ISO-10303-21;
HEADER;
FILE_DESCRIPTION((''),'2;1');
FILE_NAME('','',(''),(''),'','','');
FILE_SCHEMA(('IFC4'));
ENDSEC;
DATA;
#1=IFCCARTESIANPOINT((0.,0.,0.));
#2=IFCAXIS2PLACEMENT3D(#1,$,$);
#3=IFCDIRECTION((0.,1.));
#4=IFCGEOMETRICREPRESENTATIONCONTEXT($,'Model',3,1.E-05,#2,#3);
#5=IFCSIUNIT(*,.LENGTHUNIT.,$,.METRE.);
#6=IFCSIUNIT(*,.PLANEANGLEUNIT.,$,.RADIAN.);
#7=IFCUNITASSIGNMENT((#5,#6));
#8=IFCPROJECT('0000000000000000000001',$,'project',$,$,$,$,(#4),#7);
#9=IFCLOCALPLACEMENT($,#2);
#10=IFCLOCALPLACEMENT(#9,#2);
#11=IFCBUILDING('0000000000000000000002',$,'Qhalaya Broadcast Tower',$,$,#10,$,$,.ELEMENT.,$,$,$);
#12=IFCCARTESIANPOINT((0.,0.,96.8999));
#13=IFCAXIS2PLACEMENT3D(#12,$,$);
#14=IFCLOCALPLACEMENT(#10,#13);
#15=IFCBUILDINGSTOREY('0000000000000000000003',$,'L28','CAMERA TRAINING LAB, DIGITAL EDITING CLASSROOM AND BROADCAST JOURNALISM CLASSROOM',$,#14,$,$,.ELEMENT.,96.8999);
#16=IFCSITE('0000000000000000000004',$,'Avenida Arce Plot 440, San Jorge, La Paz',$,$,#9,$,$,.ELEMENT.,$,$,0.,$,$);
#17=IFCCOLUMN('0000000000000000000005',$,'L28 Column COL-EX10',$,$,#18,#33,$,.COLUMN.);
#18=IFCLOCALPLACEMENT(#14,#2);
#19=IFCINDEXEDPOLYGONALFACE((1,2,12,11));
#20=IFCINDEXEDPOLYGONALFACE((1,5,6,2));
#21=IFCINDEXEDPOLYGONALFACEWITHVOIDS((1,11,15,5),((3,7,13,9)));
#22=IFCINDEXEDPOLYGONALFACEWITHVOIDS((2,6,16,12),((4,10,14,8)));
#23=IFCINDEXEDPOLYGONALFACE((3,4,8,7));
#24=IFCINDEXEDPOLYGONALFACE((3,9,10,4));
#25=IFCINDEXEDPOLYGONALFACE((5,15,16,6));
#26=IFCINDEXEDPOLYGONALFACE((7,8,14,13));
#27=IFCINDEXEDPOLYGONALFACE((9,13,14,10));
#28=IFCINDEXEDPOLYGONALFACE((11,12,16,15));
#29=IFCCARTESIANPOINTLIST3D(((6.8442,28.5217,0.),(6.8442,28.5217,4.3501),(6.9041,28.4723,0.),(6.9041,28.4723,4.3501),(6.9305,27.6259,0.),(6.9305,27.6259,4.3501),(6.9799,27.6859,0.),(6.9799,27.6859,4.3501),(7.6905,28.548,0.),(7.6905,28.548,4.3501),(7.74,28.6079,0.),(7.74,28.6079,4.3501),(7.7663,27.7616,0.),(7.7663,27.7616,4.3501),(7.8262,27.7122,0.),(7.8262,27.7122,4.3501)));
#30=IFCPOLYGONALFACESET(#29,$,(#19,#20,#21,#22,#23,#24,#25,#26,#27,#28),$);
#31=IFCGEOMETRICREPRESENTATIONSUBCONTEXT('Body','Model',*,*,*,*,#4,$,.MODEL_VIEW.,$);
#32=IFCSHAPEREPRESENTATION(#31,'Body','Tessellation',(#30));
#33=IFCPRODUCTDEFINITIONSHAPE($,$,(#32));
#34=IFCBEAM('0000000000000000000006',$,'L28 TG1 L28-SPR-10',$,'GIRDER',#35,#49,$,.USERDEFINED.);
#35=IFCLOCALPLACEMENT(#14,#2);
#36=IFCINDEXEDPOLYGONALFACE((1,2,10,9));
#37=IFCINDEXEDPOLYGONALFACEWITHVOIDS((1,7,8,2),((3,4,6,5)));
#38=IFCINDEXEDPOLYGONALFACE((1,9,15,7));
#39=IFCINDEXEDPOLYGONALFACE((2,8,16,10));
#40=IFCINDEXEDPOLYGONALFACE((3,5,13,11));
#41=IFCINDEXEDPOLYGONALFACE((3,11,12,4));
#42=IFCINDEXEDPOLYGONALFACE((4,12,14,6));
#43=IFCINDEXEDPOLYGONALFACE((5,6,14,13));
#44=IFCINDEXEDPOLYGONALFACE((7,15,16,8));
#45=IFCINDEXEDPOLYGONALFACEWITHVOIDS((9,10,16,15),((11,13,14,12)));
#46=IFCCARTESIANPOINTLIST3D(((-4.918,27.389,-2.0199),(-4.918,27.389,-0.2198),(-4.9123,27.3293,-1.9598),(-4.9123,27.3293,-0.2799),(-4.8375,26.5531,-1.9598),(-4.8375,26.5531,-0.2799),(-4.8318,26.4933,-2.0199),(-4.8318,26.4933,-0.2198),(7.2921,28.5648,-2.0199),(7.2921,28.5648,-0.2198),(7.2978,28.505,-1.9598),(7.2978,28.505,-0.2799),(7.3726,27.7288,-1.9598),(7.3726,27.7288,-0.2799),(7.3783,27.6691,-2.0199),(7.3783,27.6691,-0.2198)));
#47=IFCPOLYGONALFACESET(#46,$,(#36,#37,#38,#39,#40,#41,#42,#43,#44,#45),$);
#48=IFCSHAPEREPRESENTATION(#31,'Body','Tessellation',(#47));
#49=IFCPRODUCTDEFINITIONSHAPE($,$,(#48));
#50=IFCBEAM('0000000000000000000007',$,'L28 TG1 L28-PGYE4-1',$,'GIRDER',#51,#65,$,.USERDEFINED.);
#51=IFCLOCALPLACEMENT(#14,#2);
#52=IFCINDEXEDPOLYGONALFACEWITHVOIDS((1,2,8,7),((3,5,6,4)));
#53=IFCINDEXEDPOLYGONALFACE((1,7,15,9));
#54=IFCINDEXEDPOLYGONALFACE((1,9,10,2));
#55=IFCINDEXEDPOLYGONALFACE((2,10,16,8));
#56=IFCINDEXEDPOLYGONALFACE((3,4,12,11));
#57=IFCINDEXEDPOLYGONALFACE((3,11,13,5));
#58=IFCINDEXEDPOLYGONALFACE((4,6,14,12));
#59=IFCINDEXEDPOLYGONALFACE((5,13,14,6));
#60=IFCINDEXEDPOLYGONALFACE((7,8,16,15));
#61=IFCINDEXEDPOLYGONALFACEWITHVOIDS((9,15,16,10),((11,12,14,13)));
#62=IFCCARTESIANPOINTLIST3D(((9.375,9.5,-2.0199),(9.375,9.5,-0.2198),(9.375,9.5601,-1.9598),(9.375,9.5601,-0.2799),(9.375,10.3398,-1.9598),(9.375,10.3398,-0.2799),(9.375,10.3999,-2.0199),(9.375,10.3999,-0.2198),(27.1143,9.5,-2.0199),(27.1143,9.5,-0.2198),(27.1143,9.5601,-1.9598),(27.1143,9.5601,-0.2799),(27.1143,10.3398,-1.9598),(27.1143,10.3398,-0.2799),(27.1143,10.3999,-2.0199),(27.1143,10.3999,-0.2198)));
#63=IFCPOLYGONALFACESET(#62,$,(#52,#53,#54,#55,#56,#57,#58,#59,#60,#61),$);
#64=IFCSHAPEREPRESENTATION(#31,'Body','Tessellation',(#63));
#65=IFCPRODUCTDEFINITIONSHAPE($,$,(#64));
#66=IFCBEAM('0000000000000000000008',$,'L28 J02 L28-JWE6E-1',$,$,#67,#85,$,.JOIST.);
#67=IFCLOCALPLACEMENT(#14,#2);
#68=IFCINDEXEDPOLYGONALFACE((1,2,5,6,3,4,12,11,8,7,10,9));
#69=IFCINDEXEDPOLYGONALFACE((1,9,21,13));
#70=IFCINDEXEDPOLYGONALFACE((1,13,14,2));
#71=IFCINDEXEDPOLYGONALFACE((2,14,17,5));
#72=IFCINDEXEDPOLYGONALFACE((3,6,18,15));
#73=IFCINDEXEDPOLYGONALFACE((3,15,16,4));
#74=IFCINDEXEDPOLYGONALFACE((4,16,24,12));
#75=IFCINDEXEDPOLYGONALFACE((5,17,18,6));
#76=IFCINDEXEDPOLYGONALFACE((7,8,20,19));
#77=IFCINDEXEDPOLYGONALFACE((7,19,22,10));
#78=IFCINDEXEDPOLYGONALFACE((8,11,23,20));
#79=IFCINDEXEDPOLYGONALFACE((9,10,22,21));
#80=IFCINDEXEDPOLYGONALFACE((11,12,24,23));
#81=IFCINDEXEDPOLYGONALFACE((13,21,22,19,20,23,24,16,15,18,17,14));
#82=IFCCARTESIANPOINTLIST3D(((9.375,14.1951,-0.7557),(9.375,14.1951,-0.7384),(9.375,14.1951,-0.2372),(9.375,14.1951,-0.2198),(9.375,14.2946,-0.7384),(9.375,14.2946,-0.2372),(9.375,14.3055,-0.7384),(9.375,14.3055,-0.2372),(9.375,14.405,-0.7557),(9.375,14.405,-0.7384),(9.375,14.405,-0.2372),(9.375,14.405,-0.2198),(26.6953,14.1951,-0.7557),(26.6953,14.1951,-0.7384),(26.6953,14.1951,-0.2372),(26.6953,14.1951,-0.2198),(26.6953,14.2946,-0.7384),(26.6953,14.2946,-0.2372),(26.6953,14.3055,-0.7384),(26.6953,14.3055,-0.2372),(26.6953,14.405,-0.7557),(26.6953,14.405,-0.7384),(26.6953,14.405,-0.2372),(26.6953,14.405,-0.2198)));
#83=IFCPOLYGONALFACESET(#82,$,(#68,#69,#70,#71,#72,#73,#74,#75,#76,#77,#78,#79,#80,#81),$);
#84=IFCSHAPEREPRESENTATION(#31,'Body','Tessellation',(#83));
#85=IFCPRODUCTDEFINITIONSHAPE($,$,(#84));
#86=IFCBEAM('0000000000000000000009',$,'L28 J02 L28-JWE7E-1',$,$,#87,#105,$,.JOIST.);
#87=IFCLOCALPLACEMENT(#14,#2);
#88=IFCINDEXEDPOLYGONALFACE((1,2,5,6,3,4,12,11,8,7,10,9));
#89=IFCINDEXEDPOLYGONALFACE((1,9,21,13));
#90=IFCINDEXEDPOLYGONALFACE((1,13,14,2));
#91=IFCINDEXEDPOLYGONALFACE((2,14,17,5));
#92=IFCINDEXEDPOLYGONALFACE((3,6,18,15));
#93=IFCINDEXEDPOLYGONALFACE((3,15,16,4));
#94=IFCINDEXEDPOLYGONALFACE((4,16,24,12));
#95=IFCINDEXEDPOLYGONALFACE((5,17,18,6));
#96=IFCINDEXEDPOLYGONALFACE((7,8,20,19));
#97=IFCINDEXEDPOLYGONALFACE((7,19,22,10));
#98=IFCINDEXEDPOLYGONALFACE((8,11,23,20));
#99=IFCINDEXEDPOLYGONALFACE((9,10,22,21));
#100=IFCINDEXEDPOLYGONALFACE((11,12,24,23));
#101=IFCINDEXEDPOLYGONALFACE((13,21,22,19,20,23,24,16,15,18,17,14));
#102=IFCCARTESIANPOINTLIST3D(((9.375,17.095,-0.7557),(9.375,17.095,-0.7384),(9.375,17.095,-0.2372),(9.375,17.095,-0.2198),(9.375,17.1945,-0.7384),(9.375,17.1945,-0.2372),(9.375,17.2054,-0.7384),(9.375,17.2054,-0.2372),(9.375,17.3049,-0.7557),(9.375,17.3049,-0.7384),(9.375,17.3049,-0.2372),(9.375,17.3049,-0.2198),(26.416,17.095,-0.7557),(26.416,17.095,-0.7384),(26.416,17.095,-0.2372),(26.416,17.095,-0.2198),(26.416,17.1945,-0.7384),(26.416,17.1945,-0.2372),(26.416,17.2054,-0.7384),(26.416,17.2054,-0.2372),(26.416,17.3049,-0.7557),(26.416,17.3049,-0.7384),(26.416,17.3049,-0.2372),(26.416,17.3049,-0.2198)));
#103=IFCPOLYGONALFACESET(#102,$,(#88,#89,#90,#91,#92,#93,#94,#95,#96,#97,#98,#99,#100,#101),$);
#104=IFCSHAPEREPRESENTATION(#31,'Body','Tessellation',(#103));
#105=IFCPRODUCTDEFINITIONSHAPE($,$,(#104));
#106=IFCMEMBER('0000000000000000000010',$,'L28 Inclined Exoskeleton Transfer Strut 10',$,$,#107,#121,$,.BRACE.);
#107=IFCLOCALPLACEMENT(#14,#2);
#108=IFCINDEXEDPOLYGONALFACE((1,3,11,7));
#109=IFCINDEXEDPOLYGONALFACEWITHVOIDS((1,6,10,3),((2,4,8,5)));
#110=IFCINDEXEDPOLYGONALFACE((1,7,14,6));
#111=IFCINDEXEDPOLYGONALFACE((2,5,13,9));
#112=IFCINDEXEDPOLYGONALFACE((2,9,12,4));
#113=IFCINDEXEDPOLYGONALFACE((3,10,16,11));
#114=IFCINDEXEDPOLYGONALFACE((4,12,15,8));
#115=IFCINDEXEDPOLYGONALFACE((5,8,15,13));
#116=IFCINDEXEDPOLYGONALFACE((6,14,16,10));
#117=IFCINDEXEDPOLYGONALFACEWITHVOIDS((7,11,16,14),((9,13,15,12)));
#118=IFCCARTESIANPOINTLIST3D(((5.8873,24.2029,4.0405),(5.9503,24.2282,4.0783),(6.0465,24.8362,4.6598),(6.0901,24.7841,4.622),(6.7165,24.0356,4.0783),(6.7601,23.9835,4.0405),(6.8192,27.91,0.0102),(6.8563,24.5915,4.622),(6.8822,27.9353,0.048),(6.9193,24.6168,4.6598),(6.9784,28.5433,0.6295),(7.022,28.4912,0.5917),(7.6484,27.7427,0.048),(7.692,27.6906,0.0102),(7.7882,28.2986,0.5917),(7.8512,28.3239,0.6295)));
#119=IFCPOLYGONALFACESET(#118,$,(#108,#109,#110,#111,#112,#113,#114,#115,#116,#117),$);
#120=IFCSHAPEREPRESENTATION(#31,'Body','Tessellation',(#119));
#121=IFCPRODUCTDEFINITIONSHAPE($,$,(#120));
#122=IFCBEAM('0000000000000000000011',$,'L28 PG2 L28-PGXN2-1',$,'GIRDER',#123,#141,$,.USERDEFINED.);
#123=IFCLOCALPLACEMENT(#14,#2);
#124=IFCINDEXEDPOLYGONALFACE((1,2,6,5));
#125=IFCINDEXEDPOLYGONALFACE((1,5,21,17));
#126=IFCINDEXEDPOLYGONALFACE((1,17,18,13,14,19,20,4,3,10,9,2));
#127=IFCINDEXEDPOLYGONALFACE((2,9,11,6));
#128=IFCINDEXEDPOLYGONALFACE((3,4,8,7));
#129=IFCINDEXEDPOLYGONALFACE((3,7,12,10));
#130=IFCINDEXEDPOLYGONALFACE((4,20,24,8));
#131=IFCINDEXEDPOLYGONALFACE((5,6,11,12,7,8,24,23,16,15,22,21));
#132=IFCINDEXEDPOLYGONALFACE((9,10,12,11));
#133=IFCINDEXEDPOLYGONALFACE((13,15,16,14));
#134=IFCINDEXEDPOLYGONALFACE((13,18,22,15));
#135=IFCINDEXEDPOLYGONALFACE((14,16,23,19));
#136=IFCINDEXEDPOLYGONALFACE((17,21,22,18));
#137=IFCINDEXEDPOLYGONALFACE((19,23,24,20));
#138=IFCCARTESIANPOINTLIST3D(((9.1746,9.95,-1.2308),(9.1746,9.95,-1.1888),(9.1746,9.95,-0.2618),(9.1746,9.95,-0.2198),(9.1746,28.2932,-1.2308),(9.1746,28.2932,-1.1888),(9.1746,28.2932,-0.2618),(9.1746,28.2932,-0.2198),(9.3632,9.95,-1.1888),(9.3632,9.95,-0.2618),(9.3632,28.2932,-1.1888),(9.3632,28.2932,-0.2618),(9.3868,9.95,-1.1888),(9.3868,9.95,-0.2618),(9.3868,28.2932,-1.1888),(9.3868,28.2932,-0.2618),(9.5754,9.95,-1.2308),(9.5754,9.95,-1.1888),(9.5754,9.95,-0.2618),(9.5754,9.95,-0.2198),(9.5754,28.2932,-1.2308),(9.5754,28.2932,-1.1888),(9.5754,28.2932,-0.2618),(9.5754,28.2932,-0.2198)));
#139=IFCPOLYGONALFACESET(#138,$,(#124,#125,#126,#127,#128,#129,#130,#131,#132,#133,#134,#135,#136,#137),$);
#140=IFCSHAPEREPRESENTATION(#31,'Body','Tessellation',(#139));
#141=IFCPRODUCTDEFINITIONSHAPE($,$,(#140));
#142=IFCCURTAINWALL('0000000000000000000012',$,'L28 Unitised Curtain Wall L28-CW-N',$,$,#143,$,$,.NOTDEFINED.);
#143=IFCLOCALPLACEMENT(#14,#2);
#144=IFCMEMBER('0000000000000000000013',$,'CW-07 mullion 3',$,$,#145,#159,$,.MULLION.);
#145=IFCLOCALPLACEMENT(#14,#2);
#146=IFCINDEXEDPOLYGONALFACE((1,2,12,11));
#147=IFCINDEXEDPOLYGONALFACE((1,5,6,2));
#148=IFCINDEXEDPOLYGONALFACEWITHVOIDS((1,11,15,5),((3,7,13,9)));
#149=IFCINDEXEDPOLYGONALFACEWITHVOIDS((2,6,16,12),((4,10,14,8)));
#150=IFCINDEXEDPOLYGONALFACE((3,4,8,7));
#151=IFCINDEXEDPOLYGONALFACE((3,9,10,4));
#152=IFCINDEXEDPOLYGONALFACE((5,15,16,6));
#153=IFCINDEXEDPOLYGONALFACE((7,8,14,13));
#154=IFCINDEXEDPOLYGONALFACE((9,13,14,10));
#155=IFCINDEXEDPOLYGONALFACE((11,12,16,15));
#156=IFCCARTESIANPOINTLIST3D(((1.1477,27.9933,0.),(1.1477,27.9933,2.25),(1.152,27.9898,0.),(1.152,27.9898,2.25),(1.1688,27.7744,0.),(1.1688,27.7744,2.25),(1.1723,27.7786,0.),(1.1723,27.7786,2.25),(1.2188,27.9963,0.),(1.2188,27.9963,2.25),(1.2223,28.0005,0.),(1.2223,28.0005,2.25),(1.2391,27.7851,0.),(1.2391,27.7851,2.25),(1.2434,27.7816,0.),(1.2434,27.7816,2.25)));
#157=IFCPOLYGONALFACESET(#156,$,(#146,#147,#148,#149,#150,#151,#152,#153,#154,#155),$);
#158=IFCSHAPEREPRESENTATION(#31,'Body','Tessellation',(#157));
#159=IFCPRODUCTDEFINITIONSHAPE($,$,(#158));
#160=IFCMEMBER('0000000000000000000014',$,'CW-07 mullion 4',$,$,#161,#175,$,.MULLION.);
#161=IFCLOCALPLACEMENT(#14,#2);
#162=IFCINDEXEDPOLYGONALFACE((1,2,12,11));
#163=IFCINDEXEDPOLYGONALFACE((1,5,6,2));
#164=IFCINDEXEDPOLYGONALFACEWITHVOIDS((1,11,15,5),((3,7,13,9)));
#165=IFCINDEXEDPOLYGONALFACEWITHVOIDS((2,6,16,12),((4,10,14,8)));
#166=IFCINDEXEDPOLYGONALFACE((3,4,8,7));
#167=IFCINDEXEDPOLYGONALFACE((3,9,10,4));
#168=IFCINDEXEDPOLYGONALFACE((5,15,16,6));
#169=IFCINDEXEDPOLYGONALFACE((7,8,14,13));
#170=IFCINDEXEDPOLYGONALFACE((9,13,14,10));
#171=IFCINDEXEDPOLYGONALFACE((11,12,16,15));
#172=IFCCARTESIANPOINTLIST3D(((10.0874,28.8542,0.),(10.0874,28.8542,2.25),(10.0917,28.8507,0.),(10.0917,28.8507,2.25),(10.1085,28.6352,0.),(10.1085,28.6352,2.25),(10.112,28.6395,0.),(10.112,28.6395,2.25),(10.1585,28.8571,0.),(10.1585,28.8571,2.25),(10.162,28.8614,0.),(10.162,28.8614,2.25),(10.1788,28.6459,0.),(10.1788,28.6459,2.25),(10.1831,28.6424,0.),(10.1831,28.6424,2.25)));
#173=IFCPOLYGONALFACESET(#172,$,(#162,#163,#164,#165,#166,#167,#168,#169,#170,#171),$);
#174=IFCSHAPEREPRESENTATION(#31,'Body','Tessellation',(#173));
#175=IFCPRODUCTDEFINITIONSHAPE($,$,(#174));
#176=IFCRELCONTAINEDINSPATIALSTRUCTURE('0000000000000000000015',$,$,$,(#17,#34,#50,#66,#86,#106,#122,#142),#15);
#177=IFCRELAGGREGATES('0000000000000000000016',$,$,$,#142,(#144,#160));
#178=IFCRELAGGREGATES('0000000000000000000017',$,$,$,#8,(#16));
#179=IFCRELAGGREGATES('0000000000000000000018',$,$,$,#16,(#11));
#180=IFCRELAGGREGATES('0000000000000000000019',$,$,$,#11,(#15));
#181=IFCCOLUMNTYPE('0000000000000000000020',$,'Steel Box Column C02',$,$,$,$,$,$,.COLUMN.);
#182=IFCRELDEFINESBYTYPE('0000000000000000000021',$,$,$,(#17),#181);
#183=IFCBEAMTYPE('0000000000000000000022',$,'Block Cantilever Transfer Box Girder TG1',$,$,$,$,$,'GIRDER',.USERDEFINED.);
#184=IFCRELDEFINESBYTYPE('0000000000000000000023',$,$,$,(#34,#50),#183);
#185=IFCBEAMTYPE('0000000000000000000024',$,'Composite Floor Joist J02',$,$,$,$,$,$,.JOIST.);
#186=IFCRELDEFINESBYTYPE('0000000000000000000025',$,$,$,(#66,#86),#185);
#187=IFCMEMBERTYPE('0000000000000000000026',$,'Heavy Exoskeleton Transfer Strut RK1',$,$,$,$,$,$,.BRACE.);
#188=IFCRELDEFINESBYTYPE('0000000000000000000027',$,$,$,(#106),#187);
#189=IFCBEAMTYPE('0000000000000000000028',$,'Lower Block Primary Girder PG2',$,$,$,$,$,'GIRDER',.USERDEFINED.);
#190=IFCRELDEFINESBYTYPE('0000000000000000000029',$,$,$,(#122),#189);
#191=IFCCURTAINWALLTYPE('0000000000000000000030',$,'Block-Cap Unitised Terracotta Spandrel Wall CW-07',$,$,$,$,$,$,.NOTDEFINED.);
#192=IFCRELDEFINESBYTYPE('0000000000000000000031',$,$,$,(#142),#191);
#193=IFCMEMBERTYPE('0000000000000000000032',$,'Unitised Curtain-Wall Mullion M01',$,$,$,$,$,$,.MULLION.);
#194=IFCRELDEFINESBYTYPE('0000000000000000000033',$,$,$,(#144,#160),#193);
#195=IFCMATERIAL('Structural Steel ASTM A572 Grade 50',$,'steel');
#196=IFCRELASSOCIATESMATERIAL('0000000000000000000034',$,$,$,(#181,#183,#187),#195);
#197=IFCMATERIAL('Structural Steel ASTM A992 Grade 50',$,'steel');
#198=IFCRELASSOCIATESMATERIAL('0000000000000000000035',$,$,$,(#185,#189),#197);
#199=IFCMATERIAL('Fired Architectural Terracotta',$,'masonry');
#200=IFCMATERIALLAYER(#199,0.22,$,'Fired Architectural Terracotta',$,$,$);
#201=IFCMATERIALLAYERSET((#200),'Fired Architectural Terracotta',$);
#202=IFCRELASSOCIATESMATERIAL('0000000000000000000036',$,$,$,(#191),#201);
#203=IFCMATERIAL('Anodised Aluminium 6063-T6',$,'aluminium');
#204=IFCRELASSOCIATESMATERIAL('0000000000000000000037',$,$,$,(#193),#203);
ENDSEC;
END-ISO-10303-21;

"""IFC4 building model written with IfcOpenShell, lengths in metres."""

from ifc_helpers import new_model, si_unit, direction, frame, origin, origin_2d, place, context, subcontext, project, spatial, hollow_rectangle, i_section, extrude, material, layer, layer_set, material_profile, profile_set, type_object, element, aggregate, save


model = new_model("IFC4")

# Units and contexts
model_context = context("Model", 3, precision=1e-05, world=origin(), true_north=direction((0.0, 1.0)))
body_context = subcontext(model_context, "Body", "Model", "MODEL_VIEW")
ifc_project = project(units=[si_unit("LENGTHUNIT", "METRE"), si_unit("PLANEANGLEUNIT", "RADIAN")], contexts=[model_context])

# Site, building, storey
site_placement = place(None, origin())
site = spatial("IfcSite", under=ifc_project, at=site_placement, Name="Avenida Arce Plot 440, San Jorge, La Paz", CompositionType="ELEMENT", RefElevation=0.0)
building_placement = place(site_placement, origin())
building = spatial("IfcBuilding", under=site, at=building_placement, Name="Qhalaya Broadcast Tower", CompositionType="ELEMENT")
storey_placement = place(building_placement, frame((0.0, 0.0, 96.8999)))
storey = spatial("IfcBuildingStorey", under=building, at=storey_placement, Name="L28", Description="CAMERA TRAINING LAB, DIGITAL EDITING CLASSROOM AND BROADCAST JOURNALISM CLASSROOM", CompositionType="ELEMENT", Elevation=96.8999)

# Column
ifc_material_1 = material(Name="Structural Steel ASTM A572 Grade 50", Category="steel")
ifc_material_profile_1 = material_profile(ifc_material_1, hollow_rectangle(XDim=0.8999, YDim=0.8999, WallThickness=0.0549, at=origin_2d()), Name="BOX 900x900x55")
ifc_profile_set_1 = profile_set([ifc_material_profile_1], Name="Structural Steel ASTM A572 Grade 50")
column_type = type_object("IfcColumnType", Name="Steel Box Column C02", PredefinedType="COLUMN", material=ifc_profile_set_1)
column_placement = place(storey_placement, frame((7.3352, 28.1169, 0.0), z_axis=(0.0, 0.0, 1.0), x_axis=(0.995396, 0.095846, 0.0)))
element("IfcColumn", 1, at=column_placement, inside=storey, type_object=column_type, Name="L28 Column COL-EX10", PredefinedType="COLUMN", context=body_context, shape_type="SweptSolid", body=[
    extrude(hollow_rectangle(XDim=0.8999, YDim=0.8999, WallThickness=0.0549, at=origin_2d()), origin(), (0.0, 0.0, 1.0), 4.3501),
])

# Beams
ifc_material_profile_2 = material_profile(ifc_material_1, hollow_rectangle(XDim=0.8999, YDim=1.8, WallThickness=0.0601, at=origin_2d()), Name="BOX 900x1800x60")
ifc_profile_set_2 = profile_set([ifc_material_profile_2], Name="Structural Steel ASTM A572 Grade 50")
beam_type_1 = type_object("IfcBeamType", Name="Block Cantilever Transfer Box Girder TG1", ElementType="GIRDER", PredefinedType="USERDEFINED", material=ifc_profile_set_2)
beam_1_placement = place(storey_placement, frame((7.3352, 28.1169, -1.1199), z_axis=(-0.995396, -0.095852, 0.0), x_axis=(0.095852, -0.995396, 0.0)))
element("IfcBeam", 2, at=beam_1_placement, inside=storey, type_object=beam_type_1, Name="L28 TG1 L28-SPR-10", ObjectType="GIRDER", PredefinedType="USERDEFINED", context=body_context, shape_type="SweptSolid", body=[
    extrude(hollow_rectangle(XDim=0.8999, YDim=1.8, WallThickness=0.0601, at=origin_2d()), origin(), (0.0, 0.0, 1.0), 12.2666),
])
beam_2_placement = place(storey_placement, frame((9.375, 9.95, -1.1199), z_axis=(1.0, 0.0, 0.0), x_axis=(0.0, 1.0, 0.0)))
element("IfcBeam", 3, at=beam_2_placement, inside=storey, type_object=beam_type_1, Name="L28 TG1 L28-PGYE4-1", ObjectType="GIRDER", PredefinedType="USERDEFINED", context=body_context, shape_type="SweptSolid", body=[
    extrude(hollow_rectangle(XDim=0.8999, YDim=1.8, WallThickness=0.0601, at=origin_2d()), origin(), (0.0, 0.0, 1.0), 17.7393),
])
ifc_material_2 = material(Name="Structural Steel ASTM A992 Grade 50", Category="steel")
ifc_material_profile_3 = material_profile(ifc_material_2, i_section(OverallWidth=0.21, OverallDepth=0.5359, WebThickness=0.011, FlangeThickness=0.0173, at=origin_2d()), Name="W21X68")
ifc_profile_set_3 = profile_set([ifc_material_profile_3], Name="Structural Steel ASTM A992 Grade 50")
beam_type_2 = type_object("IfcBeamType", Name="Composite Floor Joist J02", PredefinedType="JOIST", material=ifc_profile_set_3)
beam_3_placement = place(storey_placement, frame((9.375, 14.3, -0.4878), z_axis=(1.0, 0.0, 0.0), x_axis=(0.0, 1.0, 0.0)))
element("IfcBeam", 4, at=beam_3_placement, inside=storey, type_object=beam_type_2, Name="L28 J02 L28-JWE6E-1", PredefinedType="JOIST", context=body_context, shape_type="SweptSolid", body=[
    extrude(i_section(OverallWidth=0.21, OverallDepth=0.5359, WebThickness=0.011, FlangeThickness=0.0173, at=origin_2d()), origin(), (0.0, 0.0, 1.0), 17.3203),
])
beam_4_placement = place(storey_placement, frame((9.375, 17.2, -0.4878), z_axis=(1.0, 0.0, 0.0), x_axis=(0.0, 1.0, 0.0)))
element("IfcBeam", 5, at=beam_4_placement, inside=storey, type_object=beam_type_2, Name="L28 J02 L28-JWE7E-1", PredefinedType="JOIST", context=body_context, shape_type="SweptSolid", body=[
    extrude(i_section(OverallWidth=0.21, OverallDepth=0.5359, WebThickness=0.011, FlangeThickness=0.0173, at=origin_2d()), origin(), (0.0, 0.0, 1.0), 17.041),
])

# Member
ifc_material_profile_4 = material_profile(ifc_material_1, hollow_rectangle(XDim=0.8999, YDim=0.8999, WallThickness=0.0549, at=origin_2d()), Name="BOX 900x900x55")
ifc_profile_set_4 = profile_set([ifc_material_profile_4], Name="Structural Steel ASTM A572 Grade 50")
member_type_1 = type_object("IfcMemberType", Name="Heavy Exoskeleton Transfer Strut RK1", PredefinedType="BRACE", material=ifc_profile_set_4)
member_1_placement = place(storey_placement, frame((7.3352, 28.1169, 0.3198), z_axis=(-0.167768, -0.66738, 0.725574), x_axis=(0.969826, -0.243798, 0.0)))
element("IfcMember", 6, at=member_1_placement, inside=storey, type_object=member_type_1, Name="L28 Inclined Exoskeleton Transfer Strut 10", PredefinedType="BRACE", context=body_context, shape_type="SweptSolid", body=[
    extrude(hollow_rectangle(XDim=0.8999, YDim=0.8999, WallThickness=0.0549, at=origin_2d()), origin(), (0.0, 0.0, 1.0), 5.5547),
])

# Beam
ifc_material_profile_5 = material_profile(ifc_material_2, i_section(OverallWidth=0.4009, OverallDepth=1.011, WebThickness=0.0237, FlangeThickness=0.042, at=origin_2d()), Name="W40X297")
ifc_profile_set_5 = profile_set([ifc_material_profile_5], Name="Structural Steel ASTM A992 Grade 50")
beam_type_3 = type_object("IfcBeamType", Name="Lower Block Primary Girder PG2", ElementType="GIRDER", PredefinedType="USERDEFINED", material=ifc_profile_set_5)
beam_5_placement = place(storey_placement, frame((9.375, 9.95, -0.7253), z_axis=(0.0, 1.0, 0.0), x_axis=(-1.0, 0.0, 0.0)))
element("IfcBeam", 7, at=beam_5_placement, inside=storey, type_object=beam_type_3, Name="L28 PG2 L28-PGXN2-1", ObjectType="GIRDER", PredefinedType="USERDEFINED", context=body_context, shape_type="SweptSolid", body=[
    extrude(i_section(OverallWidth=0.4009, OverallDepth=1.011, WebThickness=0.0237, FlangeThickness=0.042, at=origin_2d()), origin(), (0.0, 0.0, 1.0), 18.3433),
])

# Curtain wall, members
ifc_material_3 = material(Name="Fired Architectural Terracotta", Category="masonry")
ifc_layer_1 = layer(ifc_material_3, 0.22, Name="Fired Architectural Terracotta")
ifc_layer_set_1 = layer_set([ifc_layer_1], Name="Fired Architectural Terracotta")
curtain_wall_type = type_object("IfcCurtainWallType", Name="Block-Cap Unitised Terracotta Spandrel Wall CW-07", PredefinedType="NOTDEFINED", material=ifc_layer_set_1)
curtain_wall_placement = place(storey_placement, origin())
curtain_wall = element("IfcCurtainWall", 8, at=curtain_wall_placement, inside=storey, type_object=curtain_wall_type, Name="L28 Unitised Curtain Wall L28-CW-N", PredefinedType="NOTDEFINED")
ifc_material_4 = material(Name="Anodised Aluminium 6063-T6", Category="aluminium")
ifc_material_profile_6 = material_profile(ifc_material_4, hollow_rectangle(XDim=0.075, YDim=0.22, WallThickness=0.0039, at=origin_2d()), Name="ALU-MUL 75x220x4")
ifc_profile_set_6 = profile_set([ifc_material_profile_6], Name="Anodised Aluminium 6063-T6")
member_type_2 = type_object("IfcMemberType", Name="Unitised Curtain-Wall Mullion M01", PredefinedType="MULLION", material=ifc_profile_set_6)
member_2_placement = place(storey_placement, frame((1.1956, 27.8875, 0.0), z_axis=(0.0, 0.0, 1.0), x_axis=(0.995396, 0.095847, 0.0)))
member_2 = element("IfcMember", 9, at=member_2_placement, type_object=member_type_2, Name="CW-07 mullion 3", PredefinedType="MULLION", context=body_context, shape_type="SweptSolid", body=[
    extrude(hollow_rectangle(XDim=0.075, YDim=0.22, WallThickness=0.0039, at=origin_2d()), origin(), (0.0, 0.0, 1.0), 2.25),
])
member_3_placement = place(storey_placement, frame((10.1353, 28.7483, 0.0), z_axis=(0.0, 0.0, 1.0), x_axis=(0.995396, 0.095847, 0.0)))
member_3 = element("IfcMember", 10, at=member_3_placement, type_object=member_type_2, Name="CW-07 mullion 4", PredefinedType="MULLION", context=body_context, shape_type="SweptSolid", body=[
    extrude(hollow_rectangle(XDim=0.075, YDim=0.22, WallThickness=0.0039, at=origin_2d()), origin(), (0.0, 0.0, 1.0), 2.25),
])

aggregate(curtain_wall, [member_2, member_3])

save(model, "model.ifc")
